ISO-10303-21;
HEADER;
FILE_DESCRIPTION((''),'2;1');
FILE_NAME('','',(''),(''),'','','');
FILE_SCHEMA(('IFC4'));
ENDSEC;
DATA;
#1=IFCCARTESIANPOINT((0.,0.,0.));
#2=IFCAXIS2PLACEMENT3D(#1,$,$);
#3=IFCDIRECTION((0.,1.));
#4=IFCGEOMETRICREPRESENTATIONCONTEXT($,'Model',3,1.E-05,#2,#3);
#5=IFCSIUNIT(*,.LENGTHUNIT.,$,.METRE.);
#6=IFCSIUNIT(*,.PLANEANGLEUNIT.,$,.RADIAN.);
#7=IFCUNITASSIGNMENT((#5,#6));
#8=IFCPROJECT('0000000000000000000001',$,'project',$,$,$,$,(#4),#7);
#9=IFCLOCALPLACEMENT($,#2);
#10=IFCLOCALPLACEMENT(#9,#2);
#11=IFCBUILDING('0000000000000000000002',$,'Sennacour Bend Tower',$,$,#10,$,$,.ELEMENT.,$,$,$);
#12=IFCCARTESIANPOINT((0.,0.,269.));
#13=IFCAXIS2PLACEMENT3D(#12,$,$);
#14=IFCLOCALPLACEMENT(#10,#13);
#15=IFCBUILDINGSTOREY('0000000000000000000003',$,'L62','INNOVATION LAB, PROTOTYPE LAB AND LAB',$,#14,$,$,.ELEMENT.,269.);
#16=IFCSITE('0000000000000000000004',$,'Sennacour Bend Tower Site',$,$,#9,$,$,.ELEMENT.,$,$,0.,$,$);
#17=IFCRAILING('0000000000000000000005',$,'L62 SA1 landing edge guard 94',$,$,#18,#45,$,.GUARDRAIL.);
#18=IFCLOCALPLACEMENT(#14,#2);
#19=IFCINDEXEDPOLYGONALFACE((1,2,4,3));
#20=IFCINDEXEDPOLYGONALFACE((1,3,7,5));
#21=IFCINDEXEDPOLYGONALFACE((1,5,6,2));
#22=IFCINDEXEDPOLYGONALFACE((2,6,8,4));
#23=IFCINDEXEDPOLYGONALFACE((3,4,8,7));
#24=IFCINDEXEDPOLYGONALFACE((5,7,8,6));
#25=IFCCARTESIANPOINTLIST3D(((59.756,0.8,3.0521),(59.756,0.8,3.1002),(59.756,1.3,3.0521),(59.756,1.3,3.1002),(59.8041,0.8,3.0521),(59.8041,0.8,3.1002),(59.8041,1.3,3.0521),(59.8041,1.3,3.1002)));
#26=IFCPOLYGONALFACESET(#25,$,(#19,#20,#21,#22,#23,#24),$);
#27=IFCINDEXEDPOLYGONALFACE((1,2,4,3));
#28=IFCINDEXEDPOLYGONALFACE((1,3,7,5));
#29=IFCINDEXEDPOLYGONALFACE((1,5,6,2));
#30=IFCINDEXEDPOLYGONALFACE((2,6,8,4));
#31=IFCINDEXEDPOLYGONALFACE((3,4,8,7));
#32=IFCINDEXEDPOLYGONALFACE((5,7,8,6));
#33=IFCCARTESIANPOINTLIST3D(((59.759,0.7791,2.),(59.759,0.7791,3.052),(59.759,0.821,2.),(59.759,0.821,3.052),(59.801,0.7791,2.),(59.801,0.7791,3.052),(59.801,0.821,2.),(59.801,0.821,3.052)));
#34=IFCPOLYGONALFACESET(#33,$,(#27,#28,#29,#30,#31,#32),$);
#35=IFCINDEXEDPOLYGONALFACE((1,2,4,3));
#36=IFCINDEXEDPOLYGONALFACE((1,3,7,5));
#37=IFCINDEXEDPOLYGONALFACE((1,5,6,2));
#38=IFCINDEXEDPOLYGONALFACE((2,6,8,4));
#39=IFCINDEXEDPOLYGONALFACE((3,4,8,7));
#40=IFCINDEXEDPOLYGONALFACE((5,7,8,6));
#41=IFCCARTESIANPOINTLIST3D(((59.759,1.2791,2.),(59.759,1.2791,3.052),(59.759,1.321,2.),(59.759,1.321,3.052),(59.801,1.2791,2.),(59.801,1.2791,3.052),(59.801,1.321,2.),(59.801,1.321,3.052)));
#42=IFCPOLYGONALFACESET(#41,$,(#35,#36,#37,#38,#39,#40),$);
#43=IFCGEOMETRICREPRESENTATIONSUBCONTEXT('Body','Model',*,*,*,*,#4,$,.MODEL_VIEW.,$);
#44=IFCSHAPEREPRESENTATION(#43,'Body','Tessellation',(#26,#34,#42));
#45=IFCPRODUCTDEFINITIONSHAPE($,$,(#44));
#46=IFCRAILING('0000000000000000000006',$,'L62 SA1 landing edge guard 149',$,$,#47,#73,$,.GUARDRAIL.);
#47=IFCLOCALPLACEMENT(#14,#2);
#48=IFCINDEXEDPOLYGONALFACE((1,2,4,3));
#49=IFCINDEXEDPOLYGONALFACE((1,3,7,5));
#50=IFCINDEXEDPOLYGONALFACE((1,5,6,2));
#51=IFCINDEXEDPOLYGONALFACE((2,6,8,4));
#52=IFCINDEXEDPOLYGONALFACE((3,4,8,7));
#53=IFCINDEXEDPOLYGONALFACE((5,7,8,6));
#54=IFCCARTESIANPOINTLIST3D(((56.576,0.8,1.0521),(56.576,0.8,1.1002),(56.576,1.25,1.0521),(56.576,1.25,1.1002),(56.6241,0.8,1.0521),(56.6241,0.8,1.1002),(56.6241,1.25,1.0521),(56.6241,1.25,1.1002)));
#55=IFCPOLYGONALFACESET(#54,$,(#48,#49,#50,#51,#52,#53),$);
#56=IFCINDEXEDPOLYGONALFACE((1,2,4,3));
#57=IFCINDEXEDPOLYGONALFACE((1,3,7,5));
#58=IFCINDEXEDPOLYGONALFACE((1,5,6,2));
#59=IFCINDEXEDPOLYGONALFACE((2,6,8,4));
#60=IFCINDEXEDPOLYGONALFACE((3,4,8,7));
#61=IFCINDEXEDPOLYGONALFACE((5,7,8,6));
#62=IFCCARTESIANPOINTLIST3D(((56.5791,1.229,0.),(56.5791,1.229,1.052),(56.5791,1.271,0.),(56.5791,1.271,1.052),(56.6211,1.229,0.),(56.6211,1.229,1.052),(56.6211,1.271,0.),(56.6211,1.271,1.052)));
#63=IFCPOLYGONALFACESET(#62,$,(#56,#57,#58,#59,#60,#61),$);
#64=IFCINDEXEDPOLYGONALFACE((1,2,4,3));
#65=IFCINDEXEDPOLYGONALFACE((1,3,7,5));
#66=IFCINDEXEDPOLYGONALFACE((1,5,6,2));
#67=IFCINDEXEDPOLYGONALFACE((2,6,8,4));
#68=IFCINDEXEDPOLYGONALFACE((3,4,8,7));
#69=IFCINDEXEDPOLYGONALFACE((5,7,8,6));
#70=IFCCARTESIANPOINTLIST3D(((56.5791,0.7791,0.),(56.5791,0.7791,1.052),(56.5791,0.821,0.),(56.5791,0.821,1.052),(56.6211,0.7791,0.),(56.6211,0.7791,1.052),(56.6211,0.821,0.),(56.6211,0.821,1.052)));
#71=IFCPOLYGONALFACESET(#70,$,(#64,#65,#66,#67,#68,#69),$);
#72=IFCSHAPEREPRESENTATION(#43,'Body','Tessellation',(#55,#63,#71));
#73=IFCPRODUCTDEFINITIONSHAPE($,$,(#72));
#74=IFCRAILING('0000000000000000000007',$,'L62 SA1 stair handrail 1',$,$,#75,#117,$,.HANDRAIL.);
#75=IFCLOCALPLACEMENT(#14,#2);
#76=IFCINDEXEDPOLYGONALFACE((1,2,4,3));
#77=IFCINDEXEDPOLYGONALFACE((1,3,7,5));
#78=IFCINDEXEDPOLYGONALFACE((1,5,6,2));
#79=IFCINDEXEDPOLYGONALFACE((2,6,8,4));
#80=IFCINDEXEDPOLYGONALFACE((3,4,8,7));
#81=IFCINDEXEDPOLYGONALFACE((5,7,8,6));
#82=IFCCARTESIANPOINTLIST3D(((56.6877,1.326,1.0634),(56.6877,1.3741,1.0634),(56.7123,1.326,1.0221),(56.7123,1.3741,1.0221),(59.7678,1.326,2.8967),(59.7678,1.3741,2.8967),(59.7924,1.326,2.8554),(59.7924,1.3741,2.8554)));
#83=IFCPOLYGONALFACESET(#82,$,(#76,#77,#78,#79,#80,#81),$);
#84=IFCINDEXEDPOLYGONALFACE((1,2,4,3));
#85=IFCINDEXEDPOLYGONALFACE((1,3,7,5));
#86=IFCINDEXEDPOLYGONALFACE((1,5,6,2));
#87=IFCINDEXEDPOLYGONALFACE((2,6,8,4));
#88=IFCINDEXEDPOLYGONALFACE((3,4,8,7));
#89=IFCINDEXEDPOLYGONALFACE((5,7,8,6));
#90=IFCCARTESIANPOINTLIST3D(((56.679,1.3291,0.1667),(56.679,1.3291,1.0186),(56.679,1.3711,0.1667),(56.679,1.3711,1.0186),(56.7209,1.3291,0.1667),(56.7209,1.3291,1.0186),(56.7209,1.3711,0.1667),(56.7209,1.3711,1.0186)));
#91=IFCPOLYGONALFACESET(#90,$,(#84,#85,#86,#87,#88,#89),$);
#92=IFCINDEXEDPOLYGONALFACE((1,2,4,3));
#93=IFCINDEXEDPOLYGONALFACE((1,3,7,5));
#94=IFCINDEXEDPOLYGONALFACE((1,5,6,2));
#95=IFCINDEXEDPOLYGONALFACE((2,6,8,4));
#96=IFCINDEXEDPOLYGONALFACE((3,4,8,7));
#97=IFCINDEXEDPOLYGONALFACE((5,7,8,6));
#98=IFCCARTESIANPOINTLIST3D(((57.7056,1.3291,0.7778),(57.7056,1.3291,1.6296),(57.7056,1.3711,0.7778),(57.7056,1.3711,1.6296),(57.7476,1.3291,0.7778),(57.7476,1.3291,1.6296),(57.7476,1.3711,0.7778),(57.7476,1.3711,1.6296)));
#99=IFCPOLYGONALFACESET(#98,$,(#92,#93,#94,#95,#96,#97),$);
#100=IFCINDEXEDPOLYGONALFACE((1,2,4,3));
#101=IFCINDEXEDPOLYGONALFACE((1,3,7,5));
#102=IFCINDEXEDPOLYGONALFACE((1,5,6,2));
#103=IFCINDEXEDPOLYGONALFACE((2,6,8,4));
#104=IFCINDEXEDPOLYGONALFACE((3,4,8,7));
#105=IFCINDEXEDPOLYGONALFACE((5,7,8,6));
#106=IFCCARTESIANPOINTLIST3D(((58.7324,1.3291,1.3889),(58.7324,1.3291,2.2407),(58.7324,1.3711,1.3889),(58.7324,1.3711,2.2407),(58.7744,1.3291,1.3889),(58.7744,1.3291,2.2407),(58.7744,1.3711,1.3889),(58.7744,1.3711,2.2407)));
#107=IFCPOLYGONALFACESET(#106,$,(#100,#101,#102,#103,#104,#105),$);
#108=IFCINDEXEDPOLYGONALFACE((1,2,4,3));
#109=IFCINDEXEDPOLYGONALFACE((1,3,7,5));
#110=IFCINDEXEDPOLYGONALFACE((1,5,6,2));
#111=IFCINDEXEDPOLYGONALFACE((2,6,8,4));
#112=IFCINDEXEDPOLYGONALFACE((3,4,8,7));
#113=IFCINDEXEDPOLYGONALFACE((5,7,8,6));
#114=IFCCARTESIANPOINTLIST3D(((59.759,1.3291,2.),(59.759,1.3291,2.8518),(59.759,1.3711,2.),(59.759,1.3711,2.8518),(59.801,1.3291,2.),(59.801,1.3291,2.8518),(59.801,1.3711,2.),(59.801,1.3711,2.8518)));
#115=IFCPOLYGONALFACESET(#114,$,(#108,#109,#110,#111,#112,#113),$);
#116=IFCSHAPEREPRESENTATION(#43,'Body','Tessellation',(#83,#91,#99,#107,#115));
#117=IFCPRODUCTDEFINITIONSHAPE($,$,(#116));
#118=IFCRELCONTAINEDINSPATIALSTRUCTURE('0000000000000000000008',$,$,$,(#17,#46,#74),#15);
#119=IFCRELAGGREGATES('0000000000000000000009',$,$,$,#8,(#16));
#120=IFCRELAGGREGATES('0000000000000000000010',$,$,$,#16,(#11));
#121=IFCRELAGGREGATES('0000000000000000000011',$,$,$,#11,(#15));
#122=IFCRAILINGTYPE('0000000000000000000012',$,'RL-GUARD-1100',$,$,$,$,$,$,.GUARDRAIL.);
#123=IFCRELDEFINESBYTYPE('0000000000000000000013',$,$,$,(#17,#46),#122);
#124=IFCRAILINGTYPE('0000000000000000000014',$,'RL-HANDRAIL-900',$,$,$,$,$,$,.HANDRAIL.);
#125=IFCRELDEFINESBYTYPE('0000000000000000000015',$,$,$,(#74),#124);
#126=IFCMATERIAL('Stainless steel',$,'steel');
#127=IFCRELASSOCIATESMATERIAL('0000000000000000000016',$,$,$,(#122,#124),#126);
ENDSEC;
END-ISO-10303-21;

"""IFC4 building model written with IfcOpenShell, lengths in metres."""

from ifc_helpers import new_model, si_unit, direction, frame, origin, origin_2d, place, context, subcontext, project, spatial, rectangle, extrude, material, type_object, element, save


model = new_model("IFC4")

# Units and contexts
model_context = context("Model", 3, precision=1e-05, world=origin(), true_north=direction((0.0, 1.0)))
body_context = subcontext(model_context, "Body", "Model", "MODEL_VIEW")
ifc_project = project(units=[si_unit("LENGTHUNIT", "METRE"), si_unit("PLANEANGLEUNIT", "RADIAN")], contexts=[model_context])

# Site, building, storey
site_placement = place(None, origin())
site = spatial("IfcSite", under=ifc_project, at=site_placement, Name="Sennacour Bend Tower Site", CompositionType="ELEMENT", RefElevation=0.0)
building_placement = place(site_placement, origin())
building = spatial("IfcBuilding", under=site, at=building_placement, Name="Sennacour Bend Tower", CompositionType="ELEMENT")
storey_placement = place(building_placement, frame((0.0, 0.0, 269.0)))
storey = spatial("IfcBuildingStorey", under=building, at=storey_placement, Name="L62", Description="INNOVATION LAB, PROTOTYPE LAB AND LAB", CompositionType="ELEMENT", Elevation=269.0)

# Shared definitions
ifc_material_1 = material(Name="Stainless steel", Category="steel")

# Railings
railing_type_1 = type_object("IfcRailingType", Name="RL-GUARD-1100", PredefinedType="GUARDRAIL", material=ifc_material_1)
railing_1_placement = place(storey_placement, frame((59.78, 0.8, 2.0)))
element("IfcRailing", 1, at=railing_1_placement, inside=storey, type_object=railing_type_1, Name="L62 SA1 landing edge guard 94", PredefinedType="GUARDRAIL", context=body_context, shape_type="SweptSolid", body=[
    extrude(rectangle(XDim=0.0481, YDim=0.0481, at=origin_2d()), frame((0.0, 0.0, 1.0762), z_axis=(0.0, 1.0, 0.0), x_axis=(-1.0, 0.0, 0.0)), (0.0, 0.0, 1.0), 0.5),
    extrude(rectangle(XDim=0.042, YDim=0.042, at=origin_2d()), origin(), (0.0, 0.0, 1.0), 1.052),
    extrude(rectangle(XDim=0.042, YDim=0.042, at=origin_2d()), frame((0.0, 0.5, 0.0)), (0.0, 0.0, 1.0), 1.052),
])
railing_2_placement = place(storey_placement, frame((56.6001, 1.25, 0.0)))
element("IfcRailing", 2, at=railing_2_placement, inside=storey, type_object=railing_type_1, Name="L62 SA1 landing edge guard 149", PredefinedType="GUARDRAIL", context=body_context, shape_type="SweptSolid", body=[
    extrude(rectangle(XDim=0.0481, YDim=0.0481, at=origin_2d()), frame((0.0, 0.0, 1.0762), z_axis=(0.0, -1.0, 0.0), x_axis=(1.0, 0.0, 0.0)), (0.0, 0.0, 1.0), 0.45),
    extrude(rectangle(XDim=0.042, YDim=0.042, at=origin_2d()), origin(), (0.0, 0.0, 1.0), 1.052),
    extrude(rectangle(XDim=0.042, YDim=0.042, at=origin_2d()), frame((0.0, -0.45, 0.0)), (0.0, 0.0, 1.0), 1.052),
])
railing_type_2 = type_object("IfcRailingType", Name="RL-HANDRAIL-900", PredefinedType="HANDRAIL", material=ifc_material_1)
railing_3_placement = place(storey_placement, frame((56.7, 1.3501, 0.1667)))
element("IfcRailing", 3, at=railing_3_placement, inside=storey, type_object=railing_type_2, Name="L62 SA1 stair handrail 1", PredefinedType="HANDRAIL", context=body_context, shape_type="SweptSolid", body=[
    extrude(rectangle(XDim=0.0481, YDim=0.0481, at=origin_2d()), frame((0.0, 0.0, 0.876), z_axis=(0.859309, 0.0, 0.511458), x_axis=(0.0, 1.0, 0.0)), (0.0, 0.0, 1.0), 3.5845),
    extrude(rectangle(XDim=0.042, YDim=0.042, at=origin_2d()), origin(), (0.0, 0.0, 1.0), 0.8518),
    extrude(rectangle(XDim=0.042, YDim=0.042, at=origin_2d()), frame((1.0266, 0.0, 0.6111)), (0.0, 0.0, 1.0), 0.8518),
    extrude(rectangle(XDim=0.042, YDim=0.042, at=origin_2d()), frame((2.0535, 0.0, 1.2222)), (0.0, 0.0, 1.0), 0.8518),
    extrude(rectangle(XDim=0.042, YDim=0.042, at=origin_2d()), frame((3.0801, 0.0, 1.8333)), (0.0, 0.0, 1.0), 0.8518),
])

save(model, "model.ifc")
